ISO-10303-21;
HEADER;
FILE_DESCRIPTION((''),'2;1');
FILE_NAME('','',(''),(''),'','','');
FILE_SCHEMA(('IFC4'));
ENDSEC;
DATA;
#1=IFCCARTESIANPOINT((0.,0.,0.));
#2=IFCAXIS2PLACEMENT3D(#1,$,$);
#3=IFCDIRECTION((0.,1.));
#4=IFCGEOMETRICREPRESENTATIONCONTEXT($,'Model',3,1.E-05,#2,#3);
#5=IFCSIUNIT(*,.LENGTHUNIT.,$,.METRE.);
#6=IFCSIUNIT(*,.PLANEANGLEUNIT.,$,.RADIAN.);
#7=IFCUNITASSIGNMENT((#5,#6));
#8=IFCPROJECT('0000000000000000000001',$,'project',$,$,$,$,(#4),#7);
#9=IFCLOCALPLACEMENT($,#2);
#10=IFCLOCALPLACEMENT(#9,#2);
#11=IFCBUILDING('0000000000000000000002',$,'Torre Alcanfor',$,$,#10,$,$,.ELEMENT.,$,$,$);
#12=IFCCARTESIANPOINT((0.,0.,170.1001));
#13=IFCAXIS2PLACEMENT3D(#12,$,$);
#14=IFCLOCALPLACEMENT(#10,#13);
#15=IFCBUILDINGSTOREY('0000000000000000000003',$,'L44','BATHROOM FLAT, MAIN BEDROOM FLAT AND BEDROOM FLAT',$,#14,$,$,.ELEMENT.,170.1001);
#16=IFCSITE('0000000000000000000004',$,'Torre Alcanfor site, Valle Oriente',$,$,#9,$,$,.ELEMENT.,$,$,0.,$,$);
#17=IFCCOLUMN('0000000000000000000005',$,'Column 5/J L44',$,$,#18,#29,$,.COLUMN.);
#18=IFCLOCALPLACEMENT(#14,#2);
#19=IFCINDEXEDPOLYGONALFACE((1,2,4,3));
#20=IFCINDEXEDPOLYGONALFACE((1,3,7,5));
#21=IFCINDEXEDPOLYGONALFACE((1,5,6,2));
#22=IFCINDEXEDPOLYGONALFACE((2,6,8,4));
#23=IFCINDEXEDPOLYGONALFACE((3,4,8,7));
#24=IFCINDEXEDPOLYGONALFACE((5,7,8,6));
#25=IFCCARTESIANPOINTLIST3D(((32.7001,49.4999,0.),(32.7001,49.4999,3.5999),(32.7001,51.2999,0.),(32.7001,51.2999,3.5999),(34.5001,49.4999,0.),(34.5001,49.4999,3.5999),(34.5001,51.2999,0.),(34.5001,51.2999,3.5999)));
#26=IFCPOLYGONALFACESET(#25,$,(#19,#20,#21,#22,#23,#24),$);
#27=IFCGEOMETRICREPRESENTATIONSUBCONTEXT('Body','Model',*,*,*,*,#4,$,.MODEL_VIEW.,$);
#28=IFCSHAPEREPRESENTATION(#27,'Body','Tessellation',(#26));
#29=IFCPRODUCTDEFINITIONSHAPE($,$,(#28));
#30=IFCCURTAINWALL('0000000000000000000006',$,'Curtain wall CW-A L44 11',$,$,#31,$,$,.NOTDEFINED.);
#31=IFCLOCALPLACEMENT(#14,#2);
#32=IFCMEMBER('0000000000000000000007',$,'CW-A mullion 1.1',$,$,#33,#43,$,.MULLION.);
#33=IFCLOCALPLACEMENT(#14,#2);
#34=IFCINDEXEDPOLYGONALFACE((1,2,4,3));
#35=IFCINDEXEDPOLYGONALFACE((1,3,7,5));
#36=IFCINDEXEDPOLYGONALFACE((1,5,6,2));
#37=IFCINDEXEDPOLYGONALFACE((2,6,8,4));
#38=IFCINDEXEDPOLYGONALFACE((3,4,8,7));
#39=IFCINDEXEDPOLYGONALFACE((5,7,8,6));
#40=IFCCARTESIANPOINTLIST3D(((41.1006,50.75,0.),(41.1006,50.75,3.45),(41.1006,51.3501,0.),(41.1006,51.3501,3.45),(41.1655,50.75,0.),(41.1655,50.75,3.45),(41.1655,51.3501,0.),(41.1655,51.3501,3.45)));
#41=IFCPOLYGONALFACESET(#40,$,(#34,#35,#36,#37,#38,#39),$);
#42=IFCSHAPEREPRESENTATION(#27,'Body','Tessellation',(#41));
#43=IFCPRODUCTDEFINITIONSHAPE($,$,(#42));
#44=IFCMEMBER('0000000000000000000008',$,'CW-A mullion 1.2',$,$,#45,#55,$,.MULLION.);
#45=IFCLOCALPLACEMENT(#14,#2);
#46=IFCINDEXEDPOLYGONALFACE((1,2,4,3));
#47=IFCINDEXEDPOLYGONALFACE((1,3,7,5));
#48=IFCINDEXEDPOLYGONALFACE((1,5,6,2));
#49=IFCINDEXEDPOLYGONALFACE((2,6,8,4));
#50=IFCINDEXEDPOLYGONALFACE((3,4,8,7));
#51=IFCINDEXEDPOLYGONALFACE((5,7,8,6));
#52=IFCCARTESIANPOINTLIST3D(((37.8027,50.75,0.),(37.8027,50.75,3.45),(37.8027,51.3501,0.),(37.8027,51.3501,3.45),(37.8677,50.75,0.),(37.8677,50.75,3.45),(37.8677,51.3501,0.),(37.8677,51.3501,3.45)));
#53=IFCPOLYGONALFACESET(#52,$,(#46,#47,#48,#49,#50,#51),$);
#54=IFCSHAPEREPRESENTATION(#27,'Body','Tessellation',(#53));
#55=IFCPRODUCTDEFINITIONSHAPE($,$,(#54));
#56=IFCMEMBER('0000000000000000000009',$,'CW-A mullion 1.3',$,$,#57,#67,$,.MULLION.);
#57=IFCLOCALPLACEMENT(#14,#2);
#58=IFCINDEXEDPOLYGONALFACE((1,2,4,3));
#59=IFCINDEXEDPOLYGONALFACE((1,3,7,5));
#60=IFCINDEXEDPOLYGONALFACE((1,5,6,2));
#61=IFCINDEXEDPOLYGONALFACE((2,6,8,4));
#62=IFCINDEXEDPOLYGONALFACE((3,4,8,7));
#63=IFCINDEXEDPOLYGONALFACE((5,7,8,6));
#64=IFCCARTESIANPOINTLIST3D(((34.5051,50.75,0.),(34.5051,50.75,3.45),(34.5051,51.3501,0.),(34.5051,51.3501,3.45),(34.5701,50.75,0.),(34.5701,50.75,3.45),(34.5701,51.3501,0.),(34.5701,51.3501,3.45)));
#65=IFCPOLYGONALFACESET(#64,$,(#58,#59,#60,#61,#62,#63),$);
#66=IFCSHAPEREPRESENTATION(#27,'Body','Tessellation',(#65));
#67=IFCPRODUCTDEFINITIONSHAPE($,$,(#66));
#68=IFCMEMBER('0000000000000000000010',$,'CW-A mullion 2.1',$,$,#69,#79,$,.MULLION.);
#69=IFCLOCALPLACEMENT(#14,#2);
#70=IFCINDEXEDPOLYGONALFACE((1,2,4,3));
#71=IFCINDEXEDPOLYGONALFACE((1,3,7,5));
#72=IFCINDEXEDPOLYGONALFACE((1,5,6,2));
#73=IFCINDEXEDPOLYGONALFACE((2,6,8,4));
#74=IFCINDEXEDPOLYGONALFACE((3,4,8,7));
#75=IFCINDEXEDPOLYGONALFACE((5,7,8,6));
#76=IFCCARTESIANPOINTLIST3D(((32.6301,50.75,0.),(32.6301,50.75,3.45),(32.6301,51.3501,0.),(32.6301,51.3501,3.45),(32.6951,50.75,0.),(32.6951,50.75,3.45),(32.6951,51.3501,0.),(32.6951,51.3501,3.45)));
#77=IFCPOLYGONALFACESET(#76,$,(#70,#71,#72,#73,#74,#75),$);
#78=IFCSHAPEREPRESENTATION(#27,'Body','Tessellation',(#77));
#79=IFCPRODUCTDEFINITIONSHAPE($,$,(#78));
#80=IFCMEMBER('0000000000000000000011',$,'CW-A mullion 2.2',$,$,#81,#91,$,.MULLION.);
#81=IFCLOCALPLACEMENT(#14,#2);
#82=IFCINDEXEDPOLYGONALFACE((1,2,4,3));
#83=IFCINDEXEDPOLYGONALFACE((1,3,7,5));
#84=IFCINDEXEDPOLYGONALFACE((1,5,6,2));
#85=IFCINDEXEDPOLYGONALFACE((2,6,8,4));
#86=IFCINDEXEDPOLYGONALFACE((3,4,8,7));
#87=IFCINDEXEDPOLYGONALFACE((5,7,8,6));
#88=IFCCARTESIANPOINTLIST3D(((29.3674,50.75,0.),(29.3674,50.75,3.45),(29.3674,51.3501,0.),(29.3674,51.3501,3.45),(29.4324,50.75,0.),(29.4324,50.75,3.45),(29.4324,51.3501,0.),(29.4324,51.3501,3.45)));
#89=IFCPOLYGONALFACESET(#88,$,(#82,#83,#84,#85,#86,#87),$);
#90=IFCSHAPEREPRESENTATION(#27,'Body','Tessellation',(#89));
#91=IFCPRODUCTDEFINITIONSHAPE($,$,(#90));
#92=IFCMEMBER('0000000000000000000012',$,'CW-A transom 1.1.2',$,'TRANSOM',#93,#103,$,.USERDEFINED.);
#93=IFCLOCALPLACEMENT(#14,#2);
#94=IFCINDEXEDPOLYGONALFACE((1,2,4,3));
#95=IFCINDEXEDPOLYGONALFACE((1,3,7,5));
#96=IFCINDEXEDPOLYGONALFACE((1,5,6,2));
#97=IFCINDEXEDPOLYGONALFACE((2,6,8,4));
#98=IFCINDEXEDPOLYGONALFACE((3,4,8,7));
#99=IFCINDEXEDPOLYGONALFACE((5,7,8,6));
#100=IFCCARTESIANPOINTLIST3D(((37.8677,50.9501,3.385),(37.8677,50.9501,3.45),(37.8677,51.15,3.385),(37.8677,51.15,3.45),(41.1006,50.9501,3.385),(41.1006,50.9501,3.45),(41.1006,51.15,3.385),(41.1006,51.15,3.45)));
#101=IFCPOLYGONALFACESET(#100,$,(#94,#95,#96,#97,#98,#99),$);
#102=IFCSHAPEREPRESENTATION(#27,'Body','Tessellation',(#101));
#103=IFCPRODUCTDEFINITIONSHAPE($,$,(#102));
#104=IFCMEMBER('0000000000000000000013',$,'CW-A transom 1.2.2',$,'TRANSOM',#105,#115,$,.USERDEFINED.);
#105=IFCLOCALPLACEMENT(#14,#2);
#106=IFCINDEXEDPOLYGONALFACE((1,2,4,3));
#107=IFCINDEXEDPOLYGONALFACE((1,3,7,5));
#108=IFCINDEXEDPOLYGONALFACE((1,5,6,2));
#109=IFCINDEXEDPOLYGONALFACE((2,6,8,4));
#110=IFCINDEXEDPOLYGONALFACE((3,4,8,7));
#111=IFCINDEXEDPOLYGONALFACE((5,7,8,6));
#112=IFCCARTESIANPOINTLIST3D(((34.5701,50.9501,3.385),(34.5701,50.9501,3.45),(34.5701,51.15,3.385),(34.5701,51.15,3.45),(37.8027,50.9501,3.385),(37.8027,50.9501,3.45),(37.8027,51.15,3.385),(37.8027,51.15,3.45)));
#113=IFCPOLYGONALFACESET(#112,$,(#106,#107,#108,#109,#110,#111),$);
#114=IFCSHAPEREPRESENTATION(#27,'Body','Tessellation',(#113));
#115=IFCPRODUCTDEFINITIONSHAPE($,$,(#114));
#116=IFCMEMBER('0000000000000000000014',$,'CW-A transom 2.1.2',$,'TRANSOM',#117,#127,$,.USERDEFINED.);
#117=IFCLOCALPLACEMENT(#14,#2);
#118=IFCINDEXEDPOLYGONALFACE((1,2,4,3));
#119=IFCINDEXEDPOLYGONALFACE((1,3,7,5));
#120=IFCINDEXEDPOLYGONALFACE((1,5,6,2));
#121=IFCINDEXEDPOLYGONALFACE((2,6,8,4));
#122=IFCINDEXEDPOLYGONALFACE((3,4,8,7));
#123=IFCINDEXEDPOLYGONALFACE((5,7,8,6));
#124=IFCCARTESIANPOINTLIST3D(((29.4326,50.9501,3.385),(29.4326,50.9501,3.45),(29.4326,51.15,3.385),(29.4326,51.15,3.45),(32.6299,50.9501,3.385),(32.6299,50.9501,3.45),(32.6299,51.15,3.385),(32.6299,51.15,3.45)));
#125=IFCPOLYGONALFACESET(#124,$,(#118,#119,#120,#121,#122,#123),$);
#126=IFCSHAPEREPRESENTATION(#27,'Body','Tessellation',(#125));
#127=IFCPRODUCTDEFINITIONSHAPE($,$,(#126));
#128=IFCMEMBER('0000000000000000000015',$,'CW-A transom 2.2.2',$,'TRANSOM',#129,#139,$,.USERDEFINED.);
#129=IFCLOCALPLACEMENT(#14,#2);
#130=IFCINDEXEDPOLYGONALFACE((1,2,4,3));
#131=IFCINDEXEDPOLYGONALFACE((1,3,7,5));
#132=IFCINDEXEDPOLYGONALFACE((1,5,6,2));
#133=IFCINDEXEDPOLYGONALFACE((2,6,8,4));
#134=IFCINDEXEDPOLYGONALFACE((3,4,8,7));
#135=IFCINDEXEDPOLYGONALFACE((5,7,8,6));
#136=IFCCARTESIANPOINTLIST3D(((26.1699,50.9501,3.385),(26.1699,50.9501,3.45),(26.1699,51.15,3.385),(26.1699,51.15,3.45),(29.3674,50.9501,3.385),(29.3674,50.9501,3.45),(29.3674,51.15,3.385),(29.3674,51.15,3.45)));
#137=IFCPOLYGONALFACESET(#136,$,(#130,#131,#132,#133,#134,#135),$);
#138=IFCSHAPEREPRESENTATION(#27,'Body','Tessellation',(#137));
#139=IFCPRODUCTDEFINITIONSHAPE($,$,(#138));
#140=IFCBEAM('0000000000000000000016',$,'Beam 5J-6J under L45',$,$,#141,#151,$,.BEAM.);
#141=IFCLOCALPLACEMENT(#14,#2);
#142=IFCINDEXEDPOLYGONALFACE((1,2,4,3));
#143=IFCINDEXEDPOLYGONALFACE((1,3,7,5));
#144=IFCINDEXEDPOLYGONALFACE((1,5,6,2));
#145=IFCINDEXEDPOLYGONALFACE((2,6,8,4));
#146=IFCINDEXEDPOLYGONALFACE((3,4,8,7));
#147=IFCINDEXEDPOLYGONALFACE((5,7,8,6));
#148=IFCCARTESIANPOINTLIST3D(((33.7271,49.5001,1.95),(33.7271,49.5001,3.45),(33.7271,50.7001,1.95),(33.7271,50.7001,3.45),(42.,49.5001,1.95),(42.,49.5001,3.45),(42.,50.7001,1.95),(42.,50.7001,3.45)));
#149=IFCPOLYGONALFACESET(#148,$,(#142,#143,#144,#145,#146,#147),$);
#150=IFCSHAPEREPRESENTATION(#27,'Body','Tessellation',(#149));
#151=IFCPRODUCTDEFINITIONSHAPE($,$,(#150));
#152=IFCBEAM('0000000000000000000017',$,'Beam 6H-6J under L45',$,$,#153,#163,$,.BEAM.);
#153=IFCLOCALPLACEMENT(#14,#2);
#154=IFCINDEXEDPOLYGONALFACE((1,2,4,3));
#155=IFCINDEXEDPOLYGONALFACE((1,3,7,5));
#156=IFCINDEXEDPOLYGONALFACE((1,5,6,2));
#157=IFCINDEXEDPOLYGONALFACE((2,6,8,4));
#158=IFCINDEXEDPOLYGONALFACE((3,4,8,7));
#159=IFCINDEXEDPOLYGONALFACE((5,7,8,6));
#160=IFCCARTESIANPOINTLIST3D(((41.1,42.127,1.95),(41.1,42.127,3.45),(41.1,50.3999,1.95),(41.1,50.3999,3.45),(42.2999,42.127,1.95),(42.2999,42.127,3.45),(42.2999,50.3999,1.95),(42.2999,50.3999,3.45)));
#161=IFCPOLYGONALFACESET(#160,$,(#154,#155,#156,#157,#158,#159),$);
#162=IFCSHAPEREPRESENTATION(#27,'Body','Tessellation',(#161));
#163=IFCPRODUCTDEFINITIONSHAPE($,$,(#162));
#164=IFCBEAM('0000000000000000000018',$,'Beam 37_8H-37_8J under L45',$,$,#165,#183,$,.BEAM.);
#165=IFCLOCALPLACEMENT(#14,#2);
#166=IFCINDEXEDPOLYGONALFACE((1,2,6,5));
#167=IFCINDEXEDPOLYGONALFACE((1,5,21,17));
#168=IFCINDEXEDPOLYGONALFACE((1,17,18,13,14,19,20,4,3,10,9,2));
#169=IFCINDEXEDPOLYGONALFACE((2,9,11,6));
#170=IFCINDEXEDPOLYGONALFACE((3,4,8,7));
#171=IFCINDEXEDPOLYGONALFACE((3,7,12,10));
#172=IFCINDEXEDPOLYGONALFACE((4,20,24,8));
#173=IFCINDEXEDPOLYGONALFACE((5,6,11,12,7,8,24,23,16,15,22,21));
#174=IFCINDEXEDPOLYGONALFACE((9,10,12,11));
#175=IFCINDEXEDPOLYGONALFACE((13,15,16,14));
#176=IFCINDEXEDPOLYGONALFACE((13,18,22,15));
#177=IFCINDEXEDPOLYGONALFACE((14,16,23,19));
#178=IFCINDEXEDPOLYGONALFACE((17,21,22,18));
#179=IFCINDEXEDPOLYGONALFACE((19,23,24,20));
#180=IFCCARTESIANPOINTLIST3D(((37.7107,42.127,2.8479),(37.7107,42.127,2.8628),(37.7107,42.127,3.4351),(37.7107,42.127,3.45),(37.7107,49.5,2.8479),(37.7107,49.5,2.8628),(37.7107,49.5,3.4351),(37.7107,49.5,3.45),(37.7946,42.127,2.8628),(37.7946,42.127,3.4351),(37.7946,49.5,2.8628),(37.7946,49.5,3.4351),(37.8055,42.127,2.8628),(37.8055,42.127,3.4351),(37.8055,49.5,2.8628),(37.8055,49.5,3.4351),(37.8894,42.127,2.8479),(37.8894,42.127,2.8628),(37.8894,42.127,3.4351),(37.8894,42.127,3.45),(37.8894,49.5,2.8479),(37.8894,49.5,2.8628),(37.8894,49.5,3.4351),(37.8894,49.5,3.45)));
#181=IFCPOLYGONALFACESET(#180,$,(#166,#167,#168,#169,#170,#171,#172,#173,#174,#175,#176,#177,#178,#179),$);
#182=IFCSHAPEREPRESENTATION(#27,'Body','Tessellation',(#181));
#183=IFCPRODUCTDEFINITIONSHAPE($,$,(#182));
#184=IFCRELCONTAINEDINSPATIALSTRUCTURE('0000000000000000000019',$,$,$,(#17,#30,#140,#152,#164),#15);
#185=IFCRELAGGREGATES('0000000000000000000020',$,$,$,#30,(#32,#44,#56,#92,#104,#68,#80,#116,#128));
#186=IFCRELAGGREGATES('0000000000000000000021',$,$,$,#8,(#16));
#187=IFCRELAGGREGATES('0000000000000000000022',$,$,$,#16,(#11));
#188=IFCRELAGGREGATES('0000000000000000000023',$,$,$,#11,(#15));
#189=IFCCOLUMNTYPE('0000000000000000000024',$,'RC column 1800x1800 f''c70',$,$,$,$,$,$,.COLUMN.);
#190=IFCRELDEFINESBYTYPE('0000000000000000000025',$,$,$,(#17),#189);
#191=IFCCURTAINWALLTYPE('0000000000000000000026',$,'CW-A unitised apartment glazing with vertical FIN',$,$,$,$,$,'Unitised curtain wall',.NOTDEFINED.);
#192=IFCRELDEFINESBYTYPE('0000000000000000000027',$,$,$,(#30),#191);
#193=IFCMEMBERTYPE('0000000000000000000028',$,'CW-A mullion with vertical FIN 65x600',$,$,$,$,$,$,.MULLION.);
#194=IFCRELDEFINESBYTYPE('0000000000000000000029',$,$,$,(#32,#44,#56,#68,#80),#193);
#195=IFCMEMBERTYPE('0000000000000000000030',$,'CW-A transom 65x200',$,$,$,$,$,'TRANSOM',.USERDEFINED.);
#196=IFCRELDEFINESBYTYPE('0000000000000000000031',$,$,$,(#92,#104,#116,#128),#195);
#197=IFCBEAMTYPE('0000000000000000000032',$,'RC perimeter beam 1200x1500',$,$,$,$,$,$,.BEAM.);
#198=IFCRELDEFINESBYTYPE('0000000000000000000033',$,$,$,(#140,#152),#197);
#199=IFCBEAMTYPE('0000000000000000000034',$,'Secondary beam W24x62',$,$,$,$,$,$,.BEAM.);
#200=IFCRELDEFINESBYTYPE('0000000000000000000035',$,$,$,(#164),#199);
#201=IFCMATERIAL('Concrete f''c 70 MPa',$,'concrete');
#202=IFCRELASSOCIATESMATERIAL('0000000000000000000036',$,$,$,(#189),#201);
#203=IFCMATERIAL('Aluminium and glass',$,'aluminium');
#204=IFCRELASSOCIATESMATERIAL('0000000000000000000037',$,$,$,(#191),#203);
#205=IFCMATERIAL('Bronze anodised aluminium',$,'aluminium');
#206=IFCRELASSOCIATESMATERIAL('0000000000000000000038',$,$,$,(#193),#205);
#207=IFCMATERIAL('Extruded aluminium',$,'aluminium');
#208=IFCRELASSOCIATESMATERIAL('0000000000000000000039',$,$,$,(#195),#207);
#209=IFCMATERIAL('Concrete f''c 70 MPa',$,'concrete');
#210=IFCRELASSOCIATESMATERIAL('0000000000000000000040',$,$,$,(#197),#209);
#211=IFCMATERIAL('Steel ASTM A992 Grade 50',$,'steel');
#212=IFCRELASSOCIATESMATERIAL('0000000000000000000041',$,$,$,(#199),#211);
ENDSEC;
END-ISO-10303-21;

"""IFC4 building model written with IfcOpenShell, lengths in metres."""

from ifc_helpers import new_model, si_unit, direction, frame, origin, origin_2d, place, context, subcontext, project, spatial, rectangle, i_section, extrude, material, material_profile, profile_set, type_object, element, aggregate, save


model = new_model("IFC4")

# Units and contexts
model_context = context("Model", 3, precision=1e-05, world=origin(), true_north=direction((0.0, 1.0)))
body_context = subcontext(model_context, "Body", "Model", "MODEL_VIEW")
ifc_project = project(units=[si_unit("LENGTHUNIT", "METRE"), si_unit("PLANEANGLEUNIT", "RADIAN")], contexts=[model_context])

# Site, building, storey
site_placement = place(None, origin())
site = spatial("IfcSite", under=ifc_project, at=site_placement, Name="Torre Alcanfor site, Valle Oriente", CompositionType="ELEMENT", RefElevation=0.0)
building_placement = place(site_placement, origin())
building = spatial("IfcBuilding", under=site, at=building_placement, Name="Torre Alcanfor", CompositionType="ELEMENT")
storey_placement = place(building_placement, frame((0.0, 0.0, 170.1001)))
storey = spatial("IfcBuildingStorey", under=building, at=storey_placement, Name="L44", Description="BATHROOM FLAT, MAIN BEDROOM FLAT AND BEDROOM FLAT", CompositionType="ELEMENT", Elevation=170.1001)

# Column
ifc_material_1 = material(Name="Concrete f'c 70 MPa", Category="concrete")
ifc_material_profile_1 = material_profile(ifc_material_1, rectangle(XDim=1.8, YDim=1.8, at=origin_2d()), Name="1800x1800")
ifc_profile_set_1 = profile_set([ifc_material_profile_1], Name="Concrete f'c 70 MPa")
column_type = type_object("IfcColumnType", Name="RC column 1800x1800 f'c70", PredefinedType="COLUMN", material=ifc_profile_set_1)
column_placement = place(storey_placement, frame((33.6001, 50.3999, 0.0), z_axis=(0.0, 0.0, 1.0), x_axis=(1.0, 0.0, 0.0)))
element("IfcColumn", 1, at=column_placement, inside=storey, type_object=column_type, Name="Column 5/J L44", PredefinedType="COLUMN", context=body_context, shape_type="SweptSolid", body=[
    extrude(rectangle(XDim=1.8, YDim=1.8, at=origin_2d()), origin(), (0.0, 0.0, 1.0), 3.5999),
])

# Curtain wall, members
ifc_material_2 = material(Name="Aluminium and glass", Category="aluminium")
curtain_wall_type = type_object("IfcCurtainWallType", Name="CW-A unitised apartment glazing with vertical FIN", ElementType="Unitised curtain wall", PredefinedType="NOTDEFINED", material=ifc_material_2)
curtain_wall_placement = place(storey_placement, origin())
curtain_wall = element("IfcCurtainWall", 2, at=curtain_wall_placement, inside=storey, type_object=curtain_wall_type, Name="Curtain wall CW-A L44 11", PredefinedType="NOTDEFINED")
ifc_material_3 = material(Name="Bronze anodised aluminium", Category="aluminium")
ifc_material_profile_2 = material_profile(ifc_material_3, rectangle(XDim=0.6001, YDim=0.0649, at=origin_2d()), Name="CW-A mullion 65x600")
ifc_profile_set_2 = profile_set([ifc_material_profile_2], Name="Bronze anodised aluminium")
member_type_1 = type_object("IfcMemberType", Name="CW-A mullion with vertical FIN 65x600", PredefinedType="MULLION", material=ifc_profile_set_2)
member_1_placement = place(storey_placement, frame((41.1331, 51.05, 0.0), z_axis=(0.0, 0.0, 1.0), x_axis=(0.0, -1.0, 0.0)))
member_1 = element("IfcMember", 3, at=member_1_placement, type_object=member_type_1, Name="CW-A mullion 1.1", PredefinedType="MULLION", context=body_context, shape_type="SweptSolid", body=[
    extrude(rectangle(XDim=0.6001, YDim=0.0649, at=origin_2d()), origin(), (0.0, 0.0, 1.0), 3.45),
])
member_2_placement = place(storey_placement, frame((37.8352, 51.05, 0.0), z_axis=(0.0, 0.0, 1.0), x_axis=(0.0, -1.0, 0.0)))
member_2 = element("IfcMember", 4, at=member_2_placement, type_object=member_type_1, Name="CW-A mullion 1.2", PredefinedType="MULLION", context=body_context, shape_type="SweptSolid", body=[
    extrude(rectangle(XDim=0.6001, YDim=0.0649, at=origin_2d()), origin(), (0.0, 0.0, 1.0), 3.45),
])
member_3_placement = place(storey_placement, frame((34.5376, 51.05, 0.0), z_axis=(0.0, 0.0, 1.0), x_axis=(0.0, -1.0, 0.0)))
member_3 = element("IfcMember", 5, at=member_3_placement, type_object=member_type_1, Name="CW-A mullion 1.3", PredefinedType="MULLION", context=body_context, shape_type="SweptSolid", body=[
    extrude(rectangle(XDim=0.6001, YDim=0.0649, at=origin_2d()), origin(), (0.0, 0.0, 1.0), 3.45),
])
member_4_placement = place(storey_placement, frame((32.6626, 51.05, 0.0), z_axis=(0.0, 0.0, 1.0), x_axis=(0.0, -1.0, 0.0)))
member_4 = element("IfcMember", 6, at=member_4_placement, type_object=member_type_1, Name="CW-A mullion 2.1", PredefinedType="MULLION", context=body_context, shape_type="SweptSolid", body=[
    extrude(rectangle(XDim=0.6001, YDim=0.0649, at=origin_2d()), origin(), (0.0, 0.0, 1.0), 3.45),
])
member_5_placement = place(storey_placement, frame((29.3999, 51.05, 0.0), z_axis=(0.0, 0.0, 1.0), x_axis=(0.0, -1.0, 0.0)))
member_5 = element("IfcMember", 7, at=member_5_placement, type_object=member_type_1, Name="CW-A mullion 2.2", PredefinedType="MULLION", context=body_context, shape_type="SweptSolid", body=[
    extrude(rectangle(XDim=0.6001, YDim=0.0649, at=origin_2d()), origin(), (0.0, 0.0, 1.0), 3.45),
])
ifc_material_4 = material(Name="Extruded aluminium", Category="aluminium")
ifc_material_profile_3 = material_profile(ifc_material_4, rectangle(XDim=0.2, YDim=0.0649, at=origin_2d()), Name="CW-A transom 200x65")
ifc_profile_set_3 = profile_set([ifc_material_profile_3], Name="Extruded aluminium")
member_type_2 = type_object("IfcMemberType", Name="CW-A transom 65x200", ElementType="TRANSOM", PredefinedType="USERDEFINED", material=ifc_profile_set_3)
member_6_placement = place(storey_placement, frame((41.1006, 51.05, 3.4175), z_axis=(-1.0, 0.0, 0.0), x_axis=(0.0, -1.0, 0.0)))
member_6 = element("IfcMember", 8, at=member_6_placement, type_object=member_type_2, Name="CW-A transom 1.1.2", ObjectType="TRANSOM", PredefinedType="USERDEFINED", context=body_context, shape_type="SweptSolid", body=[
    extrude(rectangle(XDim=0.2, YDim=0.0649, at=origin_2d()), origin(), (0.0, 0.0, 1.0), 3.2329),
])
member_7_placement = place(storey_placement, frame((37.8027, 51.05, 3.4175), z_axis=(-1.0, 0.0, 0.0), x_axis=(0.0, -1.0, 0.0)))
member_7 = element("IfcMember", 9, at=member_7_placement, type_object=member_type_2, Name="CW-A transom 1.2.2", ObjectType="TRANSOM", PredefinedType="USERDEFINED", context=body_context, shape_type="SweptSolid", body=[
    extrude(rectangle(XDim=0.2, YDim=0.0649, at=origin_2d()), origin(), (0.0, 0.0, 1.0), 3.2327),
])
member_8_placement = place(storey_placement, frame((32.6299, 51.05, 3.4175), z_axis=(-1.0, 0.0, 0.0), x_axis=(0.0, -1.0, 0.0)))
member_8 = element("IfcMember", 10, at=member_8_placement, type_object=member_type_2, Name="CW-A transom 2.1.2", ObjectType="TRANSOM", PredefinedType="USERDEFINED", context=body_context, shape_type="SweptSolid", body=[
    extrude(rectangle(XDim=0.2, YDim=0.0649, at=origin_2d()), origin(), (0.0, 0.0, 1.0), 3.1973),
])
member_9_placement = place(storey_placement, frame((29.3674, 51.05, 3.4175), z_axis=(-1.0, 0.0, 0.0), x_axis=(0.0, -1.0, 0.0)))
member_9 = element("IfcMember", 11, at=member_9_placement, type_object=member_type_2, Name="CW-A transom 2.2.2", ObjectType="TRANSOM", PredefinedType="USERDEFINED", context=body_context, shape_type="SweptSolid", body=[
    extrude(rectangle(XDim=0.2, YDim=0.0649, at=origin_2d()), origin(), (0.0, 0.0, 1.0), 3.1975),
])

# Beams
ifc_material_5 = material(Name="Concrete f'c 70 MPa", Category="concrete")
ifc_material_profile_4 = material_profile(ifc_material_5, rectangle(XDim=1.2, YDim=1.5, at=origin_2d()), Name="1200x1500")
ifc_profile_set_4 = profile_set([ifc_material_profile_4], Name="Concrete f'c 70 MPa")
beam_type_1 = type_object("IfcBeamType", Name="RC perimeter beam 1200x1500", PredefinedType="BEAM", material=ifc_profile_set_4)
for number, where, z_axis, x_axis, name in (
    (12, (33.7271, 50.1001, 2.7), (1.0, 0.0, 0.0), (0.0, 1.0, 0.0), "Beam 5J-6J under L45"),
    (13, (41.7, 42.127, 2.7), (0.0, 1.0, 0.0), (-1.0, 0.0, 0.0), "Beam 6H-6J under L45"),
):
    element("IfcBeam", number, at=place(storey_placement, frame(where, z_axis=z_axis, x_axis=x_axis)), inside=storey, type_object=beam_type_1, Name=name, PredefinedType="BEAM", context=body_context, shape_type="SweptSolid", body=[
        extrude(rectangle(XDim=1.2, YDim=1.5, at=origin_2d()), origin(), (0.0, 0.0, 1.0), 8.2729),
    ])
ifc_material_6 = material(Name="Steel ASTM A992 Grade 50", Category="steel")
ifc_material_profile_5 = material_profile(ifc_material_6, i_section(OverallWidth=0.1787, OverallDepth=0.6021, WebThickness=0.011, FlangeThickness=0.0149, at=origin_2d()), Name="W24x62")
ifc_profile_set_5 = profile_set([ifc_material_profile_5], Name="Steel ASTM A992 Grade 50")
beam_type_2 = type_object("IfcBeamType", Name="Secondary beam W24x62", PredefinedType="BEAM", material=ifc_profile_set_5)
beam_placement = place(storey_placement, frame((37.8, 42.127, 3.1489), z_axis=(0.0, 1.0, 0.0), x_axis=(-1.0, 0.0, 0.0)))
element("IfcBeam", 14, at=beam_placement, inside=storey, type_object=beam_type_2, Name="Beam 37_8H-37_8J under L45", PredefinedType="BEAM", context=body_context, shape_type="SweptSolid", body=[
    extrude(i_section(OverallWidth=0.1787, OverallDepth=0.6021, WebThickness=0.011, FlangeThickness=0.0149, at=origin_2d()), origin(), (0.0, 0.0, 1.0), 7.373),
])

aggregate(curtain_wall, [member_1, member_2, member_3, member_6, member_7, member_4, member_5, member_8, member_9])

save(model, "model.ifc")
